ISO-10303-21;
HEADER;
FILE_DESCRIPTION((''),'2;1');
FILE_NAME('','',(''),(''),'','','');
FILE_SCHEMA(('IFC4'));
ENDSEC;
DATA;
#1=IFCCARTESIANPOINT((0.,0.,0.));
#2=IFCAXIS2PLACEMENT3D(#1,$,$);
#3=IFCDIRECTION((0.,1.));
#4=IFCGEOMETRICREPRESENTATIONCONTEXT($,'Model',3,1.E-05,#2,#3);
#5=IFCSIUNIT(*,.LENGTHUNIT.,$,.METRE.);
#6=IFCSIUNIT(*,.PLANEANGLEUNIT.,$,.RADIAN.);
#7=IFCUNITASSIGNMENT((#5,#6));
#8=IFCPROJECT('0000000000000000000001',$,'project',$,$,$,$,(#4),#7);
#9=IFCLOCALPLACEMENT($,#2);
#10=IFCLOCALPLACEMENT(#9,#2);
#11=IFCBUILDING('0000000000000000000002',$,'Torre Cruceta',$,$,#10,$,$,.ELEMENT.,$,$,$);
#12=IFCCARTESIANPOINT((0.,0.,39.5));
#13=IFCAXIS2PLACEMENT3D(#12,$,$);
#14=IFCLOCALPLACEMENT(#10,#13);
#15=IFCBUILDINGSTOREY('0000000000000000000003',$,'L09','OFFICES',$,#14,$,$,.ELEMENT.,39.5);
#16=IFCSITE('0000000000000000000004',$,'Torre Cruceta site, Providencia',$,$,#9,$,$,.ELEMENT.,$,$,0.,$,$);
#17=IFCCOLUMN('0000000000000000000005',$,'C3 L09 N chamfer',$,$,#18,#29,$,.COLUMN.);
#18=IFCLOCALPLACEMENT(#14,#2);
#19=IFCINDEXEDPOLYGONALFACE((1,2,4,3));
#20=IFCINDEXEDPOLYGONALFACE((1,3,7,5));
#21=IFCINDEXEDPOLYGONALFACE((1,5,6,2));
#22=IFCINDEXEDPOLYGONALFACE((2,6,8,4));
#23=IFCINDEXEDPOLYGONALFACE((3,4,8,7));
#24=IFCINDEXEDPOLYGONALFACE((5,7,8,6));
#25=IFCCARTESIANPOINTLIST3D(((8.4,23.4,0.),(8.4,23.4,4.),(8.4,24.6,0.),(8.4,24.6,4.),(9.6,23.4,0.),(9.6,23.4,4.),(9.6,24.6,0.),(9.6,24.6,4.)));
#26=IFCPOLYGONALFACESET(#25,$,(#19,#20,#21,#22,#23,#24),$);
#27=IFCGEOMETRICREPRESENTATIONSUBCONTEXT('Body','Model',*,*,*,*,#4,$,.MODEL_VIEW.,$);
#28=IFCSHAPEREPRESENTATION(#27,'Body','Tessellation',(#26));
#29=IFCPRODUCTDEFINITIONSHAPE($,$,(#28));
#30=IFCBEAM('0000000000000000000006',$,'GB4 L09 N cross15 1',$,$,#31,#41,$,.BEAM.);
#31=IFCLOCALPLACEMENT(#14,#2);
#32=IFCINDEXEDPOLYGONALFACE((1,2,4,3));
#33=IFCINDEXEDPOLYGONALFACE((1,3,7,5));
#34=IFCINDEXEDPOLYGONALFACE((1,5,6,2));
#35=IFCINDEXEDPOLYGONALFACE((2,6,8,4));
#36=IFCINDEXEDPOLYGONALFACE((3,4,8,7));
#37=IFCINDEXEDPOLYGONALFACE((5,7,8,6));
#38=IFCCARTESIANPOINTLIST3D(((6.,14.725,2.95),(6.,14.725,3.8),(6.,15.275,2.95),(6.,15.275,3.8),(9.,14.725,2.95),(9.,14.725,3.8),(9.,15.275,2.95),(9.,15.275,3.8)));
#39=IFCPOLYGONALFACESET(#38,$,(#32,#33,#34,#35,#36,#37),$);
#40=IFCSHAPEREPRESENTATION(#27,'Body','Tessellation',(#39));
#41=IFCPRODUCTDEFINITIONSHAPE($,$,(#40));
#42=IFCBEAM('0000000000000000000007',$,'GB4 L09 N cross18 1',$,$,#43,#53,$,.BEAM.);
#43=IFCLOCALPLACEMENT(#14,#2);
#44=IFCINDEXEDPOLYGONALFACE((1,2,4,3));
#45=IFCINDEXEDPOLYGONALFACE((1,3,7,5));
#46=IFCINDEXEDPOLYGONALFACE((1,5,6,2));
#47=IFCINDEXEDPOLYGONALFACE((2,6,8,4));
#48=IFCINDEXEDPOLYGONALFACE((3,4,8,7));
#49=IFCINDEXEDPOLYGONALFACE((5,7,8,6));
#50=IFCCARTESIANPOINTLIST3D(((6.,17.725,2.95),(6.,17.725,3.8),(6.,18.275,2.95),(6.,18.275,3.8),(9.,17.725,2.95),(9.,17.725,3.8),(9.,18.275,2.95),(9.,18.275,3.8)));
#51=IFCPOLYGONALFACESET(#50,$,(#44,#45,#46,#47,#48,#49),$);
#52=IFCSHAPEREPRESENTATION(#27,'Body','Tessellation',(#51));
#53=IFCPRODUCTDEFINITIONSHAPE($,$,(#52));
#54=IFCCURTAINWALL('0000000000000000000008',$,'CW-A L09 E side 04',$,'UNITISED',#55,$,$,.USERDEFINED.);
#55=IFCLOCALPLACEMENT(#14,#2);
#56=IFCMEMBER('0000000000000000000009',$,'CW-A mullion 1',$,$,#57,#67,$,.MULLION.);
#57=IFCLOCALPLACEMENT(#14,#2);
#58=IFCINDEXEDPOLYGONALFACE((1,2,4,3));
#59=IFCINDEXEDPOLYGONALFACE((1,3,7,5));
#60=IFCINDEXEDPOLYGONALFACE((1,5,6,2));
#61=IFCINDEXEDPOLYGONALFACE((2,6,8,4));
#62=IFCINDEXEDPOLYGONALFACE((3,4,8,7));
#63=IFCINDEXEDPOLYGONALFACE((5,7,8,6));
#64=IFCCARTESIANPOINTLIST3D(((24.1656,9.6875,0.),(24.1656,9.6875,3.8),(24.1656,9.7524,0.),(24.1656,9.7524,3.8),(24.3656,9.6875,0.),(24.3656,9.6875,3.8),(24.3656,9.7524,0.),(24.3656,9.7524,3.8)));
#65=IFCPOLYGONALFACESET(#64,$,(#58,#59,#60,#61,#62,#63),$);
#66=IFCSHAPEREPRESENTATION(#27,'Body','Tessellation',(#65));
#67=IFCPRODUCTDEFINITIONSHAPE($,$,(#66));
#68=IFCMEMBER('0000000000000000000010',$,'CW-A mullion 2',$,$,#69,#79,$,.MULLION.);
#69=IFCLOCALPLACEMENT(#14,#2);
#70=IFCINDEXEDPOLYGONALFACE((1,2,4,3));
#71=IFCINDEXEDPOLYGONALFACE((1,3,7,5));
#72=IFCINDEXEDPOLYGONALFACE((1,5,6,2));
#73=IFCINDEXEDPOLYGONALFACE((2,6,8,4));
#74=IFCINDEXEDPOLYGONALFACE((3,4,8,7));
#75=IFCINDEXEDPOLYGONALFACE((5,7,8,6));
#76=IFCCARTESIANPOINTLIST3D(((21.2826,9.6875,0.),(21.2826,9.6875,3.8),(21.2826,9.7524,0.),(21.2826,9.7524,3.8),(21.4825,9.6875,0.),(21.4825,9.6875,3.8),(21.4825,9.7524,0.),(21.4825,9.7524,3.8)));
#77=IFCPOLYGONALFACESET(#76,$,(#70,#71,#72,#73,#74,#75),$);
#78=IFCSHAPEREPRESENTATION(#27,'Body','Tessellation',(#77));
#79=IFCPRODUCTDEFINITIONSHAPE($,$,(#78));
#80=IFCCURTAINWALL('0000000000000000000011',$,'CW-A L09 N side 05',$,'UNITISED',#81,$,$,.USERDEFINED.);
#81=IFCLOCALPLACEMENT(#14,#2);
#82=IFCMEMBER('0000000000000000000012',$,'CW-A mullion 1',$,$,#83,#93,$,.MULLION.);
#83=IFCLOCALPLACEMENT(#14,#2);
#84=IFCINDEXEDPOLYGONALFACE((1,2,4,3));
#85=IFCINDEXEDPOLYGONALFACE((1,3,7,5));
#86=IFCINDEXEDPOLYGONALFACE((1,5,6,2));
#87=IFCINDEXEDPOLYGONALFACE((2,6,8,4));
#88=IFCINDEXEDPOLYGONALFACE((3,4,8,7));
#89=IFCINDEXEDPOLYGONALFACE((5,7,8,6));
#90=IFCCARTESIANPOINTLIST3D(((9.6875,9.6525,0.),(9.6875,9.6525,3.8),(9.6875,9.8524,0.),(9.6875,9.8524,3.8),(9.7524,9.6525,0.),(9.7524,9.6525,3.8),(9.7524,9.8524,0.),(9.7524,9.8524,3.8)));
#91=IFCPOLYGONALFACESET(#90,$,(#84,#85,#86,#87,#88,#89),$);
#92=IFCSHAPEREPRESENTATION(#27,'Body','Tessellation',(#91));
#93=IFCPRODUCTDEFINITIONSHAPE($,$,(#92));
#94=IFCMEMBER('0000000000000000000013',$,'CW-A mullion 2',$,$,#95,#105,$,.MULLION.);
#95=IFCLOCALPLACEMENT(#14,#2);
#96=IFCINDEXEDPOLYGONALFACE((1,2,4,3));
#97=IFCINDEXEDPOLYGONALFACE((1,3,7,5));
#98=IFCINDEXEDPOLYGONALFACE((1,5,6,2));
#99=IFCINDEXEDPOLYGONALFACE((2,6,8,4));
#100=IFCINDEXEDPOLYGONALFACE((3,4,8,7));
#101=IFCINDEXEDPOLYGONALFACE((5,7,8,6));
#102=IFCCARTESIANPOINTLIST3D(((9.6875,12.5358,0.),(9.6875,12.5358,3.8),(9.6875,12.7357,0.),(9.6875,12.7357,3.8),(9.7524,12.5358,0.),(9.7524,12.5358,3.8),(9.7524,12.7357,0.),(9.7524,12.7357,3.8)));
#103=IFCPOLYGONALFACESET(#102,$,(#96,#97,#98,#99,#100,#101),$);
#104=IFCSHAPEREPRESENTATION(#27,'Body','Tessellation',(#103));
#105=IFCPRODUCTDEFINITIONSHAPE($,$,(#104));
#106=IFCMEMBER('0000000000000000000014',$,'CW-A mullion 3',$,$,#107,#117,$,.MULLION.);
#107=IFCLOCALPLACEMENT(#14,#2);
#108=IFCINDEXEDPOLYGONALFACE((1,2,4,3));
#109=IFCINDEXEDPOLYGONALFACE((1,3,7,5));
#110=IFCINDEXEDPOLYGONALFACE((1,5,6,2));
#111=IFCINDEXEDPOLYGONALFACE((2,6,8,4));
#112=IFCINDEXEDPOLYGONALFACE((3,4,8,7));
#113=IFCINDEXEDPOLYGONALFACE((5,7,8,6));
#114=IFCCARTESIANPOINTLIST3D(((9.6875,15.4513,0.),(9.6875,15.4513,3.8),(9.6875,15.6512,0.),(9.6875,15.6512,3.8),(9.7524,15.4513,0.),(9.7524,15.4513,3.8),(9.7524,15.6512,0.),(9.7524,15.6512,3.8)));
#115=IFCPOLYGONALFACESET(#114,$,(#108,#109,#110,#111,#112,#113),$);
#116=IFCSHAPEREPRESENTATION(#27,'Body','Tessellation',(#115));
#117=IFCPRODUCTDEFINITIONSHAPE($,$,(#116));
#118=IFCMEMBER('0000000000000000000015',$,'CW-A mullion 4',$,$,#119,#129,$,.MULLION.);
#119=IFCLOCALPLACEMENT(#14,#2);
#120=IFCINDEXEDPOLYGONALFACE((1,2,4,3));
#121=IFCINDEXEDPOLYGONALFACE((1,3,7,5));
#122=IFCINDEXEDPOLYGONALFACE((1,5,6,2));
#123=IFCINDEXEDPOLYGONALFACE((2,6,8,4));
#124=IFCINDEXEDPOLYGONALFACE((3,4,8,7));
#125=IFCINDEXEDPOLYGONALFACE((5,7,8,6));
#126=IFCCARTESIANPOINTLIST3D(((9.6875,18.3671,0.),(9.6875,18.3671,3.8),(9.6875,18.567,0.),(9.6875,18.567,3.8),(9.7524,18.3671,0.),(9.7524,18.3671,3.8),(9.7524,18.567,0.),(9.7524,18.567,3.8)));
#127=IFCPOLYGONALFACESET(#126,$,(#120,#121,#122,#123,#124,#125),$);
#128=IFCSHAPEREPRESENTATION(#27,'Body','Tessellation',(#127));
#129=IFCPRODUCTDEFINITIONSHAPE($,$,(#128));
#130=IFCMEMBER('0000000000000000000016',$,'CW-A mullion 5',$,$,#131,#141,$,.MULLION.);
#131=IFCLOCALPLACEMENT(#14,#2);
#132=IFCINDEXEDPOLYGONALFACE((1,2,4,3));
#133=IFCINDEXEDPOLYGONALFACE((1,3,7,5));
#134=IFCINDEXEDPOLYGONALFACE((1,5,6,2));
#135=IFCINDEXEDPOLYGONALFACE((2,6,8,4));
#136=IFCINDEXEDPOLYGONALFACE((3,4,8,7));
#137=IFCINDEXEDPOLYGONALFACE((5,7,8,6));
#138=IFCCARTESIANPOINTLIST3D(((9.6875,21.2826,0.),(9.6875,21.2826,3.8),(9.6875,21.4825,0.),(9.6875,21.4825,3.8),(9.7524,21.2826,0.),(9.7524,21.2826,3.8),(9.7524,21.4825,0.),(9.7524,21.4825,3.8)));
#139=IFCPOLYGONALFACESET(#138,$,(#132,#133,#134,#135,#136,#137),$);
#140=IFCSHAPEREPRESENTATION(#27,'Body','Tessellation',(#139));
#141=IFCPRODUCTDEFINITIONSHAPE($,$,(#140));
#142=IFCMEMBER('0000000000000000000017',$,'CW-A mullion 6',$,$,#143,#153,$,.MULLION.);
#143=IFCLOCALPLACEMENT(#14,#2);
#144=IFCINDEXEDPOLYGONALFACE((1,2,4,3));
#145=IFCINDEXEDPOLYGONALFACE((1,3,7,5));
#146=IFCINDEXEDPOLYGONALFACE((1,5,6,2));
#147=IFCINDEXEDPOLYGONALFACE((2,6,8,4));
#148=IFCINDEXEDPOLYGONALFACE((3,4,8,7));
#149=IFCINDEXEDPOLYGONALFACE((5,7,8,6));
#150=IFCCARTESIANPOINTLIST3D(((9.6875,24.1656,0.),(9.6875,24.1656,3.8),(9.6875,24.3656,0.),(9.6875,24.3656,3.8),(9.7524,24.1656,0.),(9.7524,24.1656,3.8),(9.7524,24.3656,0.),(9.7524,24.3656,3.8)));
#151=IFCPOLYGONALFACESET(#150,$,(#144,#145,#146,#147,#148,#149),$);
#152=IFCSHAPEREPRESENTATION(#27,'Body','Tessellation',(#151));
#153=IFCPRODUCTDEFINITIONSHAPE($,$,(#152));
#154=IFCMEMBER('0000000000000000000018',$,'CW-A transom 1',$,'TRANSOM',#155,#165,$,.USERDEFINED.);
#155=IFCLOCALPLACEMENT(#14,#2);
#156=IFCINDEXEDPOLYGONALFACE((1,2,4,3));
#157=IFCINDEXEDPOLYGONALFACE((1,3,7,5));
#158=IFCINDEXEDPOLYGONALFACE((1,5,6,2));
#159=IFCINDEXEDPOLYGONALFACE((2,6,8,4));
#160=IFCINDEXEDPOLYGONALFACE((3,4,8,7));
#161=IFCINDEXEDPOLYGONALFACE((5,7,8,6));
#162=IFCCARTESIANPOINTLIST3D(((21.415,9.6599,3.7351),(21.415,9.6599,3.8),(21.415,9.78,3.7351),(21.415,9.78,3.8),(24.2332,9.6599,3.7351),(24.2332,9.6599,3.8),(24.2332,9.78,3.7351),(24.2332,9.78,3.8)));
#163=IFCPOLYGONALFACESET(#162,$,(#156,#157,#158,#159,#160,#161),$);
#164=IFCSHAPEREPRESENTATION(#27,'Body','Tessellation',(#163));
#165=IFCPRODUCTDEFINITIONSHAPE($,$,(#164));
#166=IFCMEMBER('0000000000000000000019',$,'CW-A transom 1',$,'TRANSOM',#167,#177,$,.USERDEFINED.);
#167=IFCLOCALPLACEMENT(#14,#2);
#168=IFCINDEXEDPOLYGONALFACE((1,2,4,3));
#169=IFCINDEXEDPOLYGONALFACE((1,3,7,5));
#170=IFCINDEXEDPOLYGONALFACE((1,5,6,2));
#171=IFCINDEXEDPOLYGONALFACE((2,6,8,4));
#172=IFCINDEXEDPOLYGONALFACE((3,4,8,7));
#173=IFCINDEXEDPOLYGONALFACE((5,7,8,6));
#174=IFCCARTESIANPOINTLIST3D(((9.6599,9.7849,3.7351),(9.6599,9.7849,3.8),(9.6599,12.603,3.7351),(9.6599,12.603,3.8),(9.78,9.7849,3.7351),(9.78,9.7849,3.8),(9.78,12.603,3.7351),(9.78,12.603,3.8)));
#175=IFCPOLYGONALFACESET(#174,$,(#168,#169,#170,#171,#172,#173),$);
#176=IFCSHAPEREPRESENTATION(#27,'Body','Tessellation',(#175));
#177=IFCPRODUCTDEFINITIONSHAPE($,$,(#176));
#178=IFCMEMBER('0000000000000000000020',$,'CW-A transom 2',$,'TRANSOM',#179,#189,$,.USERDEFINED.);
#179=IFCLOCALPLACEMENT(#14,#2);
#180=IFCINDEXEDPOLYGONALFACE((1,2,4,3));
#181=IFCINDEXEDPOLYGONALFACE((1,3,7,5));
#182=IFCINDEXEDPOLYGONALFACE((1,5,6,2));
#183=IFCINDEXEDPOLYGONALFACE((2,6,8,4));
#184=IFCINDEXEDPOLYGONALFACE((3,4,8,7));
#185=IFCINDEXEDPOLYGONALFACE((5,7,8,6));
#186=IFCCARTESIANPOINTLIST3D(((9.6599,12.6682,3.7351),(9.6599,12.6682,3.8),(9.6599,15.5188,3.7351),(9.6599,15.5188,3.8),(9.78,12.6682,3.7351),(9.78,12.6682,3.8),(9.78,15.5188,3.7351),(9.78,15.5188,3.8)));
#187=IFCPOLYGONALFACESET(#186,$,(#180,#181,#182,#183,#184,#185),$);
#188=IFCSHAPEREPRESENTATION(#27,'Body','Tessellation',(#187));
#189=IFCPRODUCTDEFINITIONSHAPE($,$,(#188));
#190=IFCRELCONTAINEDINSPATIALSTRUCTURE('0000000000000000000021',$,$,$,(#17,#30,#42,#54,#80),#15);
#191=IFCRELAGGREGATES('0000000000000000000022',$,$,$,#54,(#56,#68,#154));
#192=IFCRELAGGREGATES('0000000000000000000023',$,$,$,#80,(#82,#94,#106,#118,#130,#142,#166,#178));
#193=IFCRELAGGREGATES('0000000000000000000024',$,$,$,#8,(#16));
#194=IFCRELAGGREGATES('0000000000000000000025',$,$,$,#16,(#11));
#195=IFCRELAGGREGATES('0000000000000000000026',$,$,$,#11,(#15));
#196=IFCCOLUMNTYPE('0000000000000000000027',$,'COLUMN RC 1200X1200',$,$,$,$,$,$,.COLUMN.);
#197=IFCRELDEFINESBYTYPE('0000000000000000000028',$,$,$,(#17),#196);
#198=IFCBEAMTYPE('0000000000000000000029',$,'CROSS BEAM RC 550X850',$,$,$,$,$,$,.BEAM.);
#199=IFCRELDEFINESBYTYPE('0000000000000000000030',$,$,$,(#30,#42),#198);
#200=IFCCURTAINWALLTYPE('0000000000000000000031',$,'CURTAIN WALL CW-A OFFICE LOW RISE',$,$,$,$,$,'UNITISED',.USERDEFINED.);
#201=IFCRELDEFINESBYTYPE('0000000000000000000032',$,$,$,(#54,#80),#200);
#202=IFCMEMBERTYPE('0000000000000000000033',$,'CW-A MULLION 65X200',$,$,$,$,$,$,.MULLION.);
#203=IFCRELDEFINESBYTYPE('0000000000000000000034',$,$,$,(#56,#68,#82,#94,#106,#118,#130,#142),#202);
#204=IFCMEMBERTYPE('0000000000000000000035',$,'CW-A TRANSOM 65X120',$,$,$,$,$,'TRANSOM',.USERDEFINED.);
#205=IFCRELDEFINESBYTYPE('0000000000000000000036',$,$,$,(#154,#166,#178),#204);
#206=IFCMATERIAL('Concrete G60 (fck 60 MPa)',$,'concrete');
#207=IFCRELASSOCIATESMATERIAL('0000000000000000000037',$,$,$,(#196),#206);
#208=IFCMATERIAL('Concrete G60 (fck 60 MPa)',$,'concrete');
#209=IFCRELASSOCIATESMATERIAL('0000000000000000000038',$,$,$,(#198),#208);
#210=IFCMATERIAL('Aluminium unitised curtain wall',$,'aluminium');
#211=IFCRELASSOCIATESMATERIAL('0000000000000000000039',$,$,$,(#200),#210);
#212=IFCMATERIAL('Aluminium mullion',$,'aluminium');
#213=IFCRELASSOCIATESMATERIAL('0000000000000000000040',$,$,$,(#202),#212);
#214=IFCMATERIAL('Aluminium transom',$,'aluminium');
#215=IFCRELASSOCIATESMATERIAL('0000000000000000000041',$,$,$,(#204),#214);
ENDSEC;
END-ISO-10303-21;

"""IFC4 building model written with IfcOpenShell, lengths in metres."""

from ifc_helpers import new_model, si_unit, direction, frame, origin, origin_2d, place, context, subcontext, project, spatial, rectangle, extrude, material, material_profile, profile_set, type_object, element, aggregate, save


model = new_model("IFC4")

# Units and contexts
model_context = context("Model", 3, precision=1e-05, world=origin(), true_north=direction((0.0, 1.0)))
body_context = subcontext(model_context, "Body", "Model", "MODEL_VIEW")
ifc_project = project(units=[si_unit("LENGTHUNIT", "METRE"), si_unit("PLANEANGLEUNIT", "RADIAN")], contexts=[model_context])

# Site, building, storey
site_placement = place(None, origin())
site = spatial("IfcSite", under=ifc_project, at=site_placement, Name="Torre Cruceta site, Providencia", CompositionType="ELEMENT", RefElevation=0.0)
building_placement = place(site_placement, origin())
building = spatial("IfcBuilding", under=site, at=building_placement, Name="Torre Cruceta", CompositionType="ELEMENT")
storey_placement = place(building_placement, frame((0.0, 0.0, 39.5)))
storey = spatial("IfcBuildingStorey", under=building, at=storey_placement, Name="L09", Description="OFFICES", CompositionType="ELEMENT", Elevation=39.5)

# Column
ifc_material_1 = material(Name="Concrete G60 (fck 60 MPa)", Category="concrete")
ifc_material_profile_1 = material_profile(ifc_material_1, rectangle(XDim=1.2, YDim=1.2, at=origin_2d()), Name="RC 1200X1200")
ifc_profile_set_1 = profile_set([ifc_material_profile_1], Name="Concrete G60 (fck 60 MPa)")
column_type = type_object("IfcColumnType", Name="COLUMN RC 1200X1200", PredefinedType="COLUMN", material=ifc_profile_set_1)
column_placement = place(storey_placement, frame((9.0, 24.0, 0.0), z_axis=(0.0, 0.0, 1.0), x_axis=(1.0, 0.0, 0.0)))
element("IfcColumn", 1, at=column_placement, inside=storey, type_object=column_type, Name="C3 L09 N chamfer", PredefinedType="COLUMN", context=body_context, shape_type="SweptSolid", body=[
    extrude(rectangle(XDim=1.2, YDim=1.2, at=origin_2d()), origin(), (0.0, 0.0, 1.0), 4.0),
])

# Beams
ifc_material_2 = material(Name="Concrete G60 (fck 60 MPa)", Category="concrete")
ifc_material_profile_2 = material_profile(ifc_material_2, rectangle(XDim=0.55, YDim=0.8501, at=origin_2d()), Name="RC 550X850")
ifc_profile_set_2 = profile_set([ifc_material_profile_2], Name="Concrete G60 (fck 60 MPa)")
beam_type_1 = type_object("IfcBeamType", Name="CROSS BEAM RC 550X850", PredefinedType="BEAM", material=ifc_profile_set_2)
for number, where, z_axis, x_axis, name in (
    (2, (9.0, 15.0, 3.375), (-1.0, 0.0, 0.0), (0.0, -1.0, 0.0), "GB4 L09 N cross15 1"),
    (3, (9.0, 18.0, 3.375), (-1.0, 0.0, 0.0), (0.0, -1.0, 0.0), "GB4 L09 N cross18 1"),
):
    element("IfcBeam", number, at=place(storey_placement, frame(where, z_axis=z_axis, x_axis=x_axis)), inside=storey, type_object=beam_type_1, Name=name, PredefinedType="BEAM", context=body_context, shape_type="SweptSolid", body=[
        extrude(rectangle(XDim=0.55, YDim=0.8501, at=origin_2d()), origin(), (0.0, 0.0, 1.0), 3.0),
    ])

# Curtain walls, members
ifc_material_3 = material(Name="Aluminium unitised curtain wall", Category="aluminium")
curtain_wall_type = type_object("IfcCurtainWallType", Name="CURTAIN WALL CW-A OFFICE LOW RISE", ElementType="UNITISED", PredefinedType="USERDEFINED", material=ifc_material_3)
curtain_wall_1_placement = place(storey_placement, origin())
curtain_wall_1 = element("IfcCurtainWall", 4, at=curtain_wall_1_placement, inside=storey, type_object=curtain_wall_type, Name="CW-A L09 E side 04", ObjectType="UNITISED", PredefinedType="USERDEFINED")
ifc_material_4 = material(Name="Aluminium mullion", Category="aluminium")
ifc_material_profile_3 = material_profile(ifc_material_4, rectangle(XDim=0.0649, YDim=0.2, at=origin_2d()), Name="AL 65X200")
ifc_profile_set_3 = profile_set([ifc_material_profile_3], Name="Aluminium mullion")
member_type_1 = type_object("IfcMemberType", Name="CW-A MULLION 65X200", PredefinedType="MULLION", material=ifc_profile_set_3)
member_1_placement = place(storey_placement, frame((24.2656, 9.72, 0.0), z_axis=(0.0, 0.0, 1.0), x_axis=(0.0, -1.0, 0.0)))
member_1 = element("IfcMember", 5, at=member_1_placement, type_object=member_type_1, Name="CW-A mullion 1", PredefinedType="MULLION", context=body_context, shape_type="SweptSolid", body=[
    extrude(rectangle(XDim=0.0649, YDim=0.2, at=origin_2d()), origin(), (0.0, 0.0, 1.0), 3.8),
])
member_2_placement = place(storey_placement, frame((21.3826, 9.72, 0.0), z_axis=(0.0, 0.0, 1.0), x_axis=(0.0, -1.0, 0.0)))
member_2 = element("IfcMember", 6, at=member_2_placement, type_object=member_type_1, Name="CW-A mullion 2", PredefinedType="MULLION", context=body_context, shape_type="SweptSolid", body=[
    extrude(rectangle(XDim=0.0649, YDim=0.2, at=origin_2d()), origin(), (0.0, 0.0, 1.0), 3.8),
])
curtain_wall_2_placement = place(storey_placement, origin())
curtain_wall_2 = element("IfcCurtainWall", 7, at=curtain_wall_2_placement, inside=storey, type_object=curtain_wall_type, Name="CW-A L09 N side 05", ObjectType="UNITISED", PredefinedType="USERDEFINED")
member_3_placement = place(storey_placement, frame((9.72, 9.7524, 0.0), z_axis=(0.0, 0.0, 1.0), x_axis=(-1.0, 0.0, 0.0)))
member_3 = element("IfcMember", 8, at=member_3_placement, type_object=member_type_1, Name="CW-A mullion 1", PredefinedType="MULLION", context=body_context, shape_type="SweptSolid", body=[
    extrude(rectangle(XDim=0.0649, YDim=0.2, at=origin_2d()), origin(), (0.0, 0.0, 1.0), 3.8),
])
member_4_placement = place(storey_placement, frame((9.72, 12.6357, 0.0), z_axis=(0.0, 0.0, 1.0), x_axis=(-1.0, 0.0, 0.0)))
member_4 = element("IfcMember", 9, at=member_4_placement, type_object=member_type_1, Name="CW-A mullion 2", PredefinedType="MULLION", context=body_context, shape_type="SweptSolid", body=[
    extrude(rectangle(XDim=0.0649, YDim=0.2, at=origin_2d()), origin(), (0.0, 0.0, 1.0), 3.8),
])
member_5_placement = place(storey_placement, frame((9.72, 15.5513, 0.0), z_axis=(0.0, 0.0, 1.0), x_axis=(-1.0, 0.0, 0.0)))
member_5 = element("IfcMember", 10, at=member_5_placement, type_object=member_type_1, Name="CW-A mullion 3", PredefinedType="MULLION", context=body_context, shape_type="SweptSolid", body=[
    extrude(rectangle(XDim=0.0649, YDim=0.2, at=origin_2d()), origin(), (0.0, 0.0, 1.0), 3.8),
])
member_6_placement = place(storey_placement, frame((9.72, 18.467, 0.0), z_axis=(0.0, 0.0, 1.0), x_axis=(-1.0, 0.0, 0.0)))
member_6 = element("IfcMember", 11, at=member_6_placement, type_object=member_type_1, Name="CW-A mullion 4", PredefinedType="MULLION", context=body_context, shape_type="SweptSolid", body=[
    extrude(rectangle(XDim=0.0649, YDim=0.2, at=origin_2d()), origin(), (0.0, 0.0, 1.0), 3.8),
])
member_7_placement = place(storey_placement, frame((9.72, 21.3826, 0.0), z_axis=(0.0, 0.0, 1.0), x_axis=(-1.0, 0.0, 0.0)))
member_7 = element("IfcMember", 12, at=member_7_placement, type_object=member_type_1, Name="CW-A mullion 5", PredefinedType="MULLION", context=body_context, shape_type="SweptSolid", body=[
    extrude(rectangle(XDim=0.0649, YDim=0.2, at=origin_2d()), origin(), (0.0, 0.0, 1.0), 3.8),
])
member_8_placement = place(storey_placement, frame((9.72, 24.2656, 0.0), z_axis=(0.0, 0.0, 1.0), x_axis=(-1.0, 0.0, 0.0)))
member_8 = element("IfcMember", 13, at=member_8_placement, type_object=member_type_1, Name="CW-A mullion 6", PredefinedType="MULLION", context=body_context, shape_type="SweptSolid", body=[
    extrude(rectangle(XDim=0.0649, YDim=0.2, at=origin_2d()), origin(), (0.0, 0.0, 1.0), 3.8),
])

# Members
ifc_material_5 = material(Name="Aluminium transom", Category="aluminium")
ifc_material_profile_4 = material_profile(ifc_material_5, rectangle(XDim=0.1201, YDim=0.0649, at=origin_2d()), Name="AL 120X65")
ifc_profile_set_4 = profile_set([ifc_material_profile_4], Name="Aluminium transom")
member_type_2 = type_object("IfcMemberType", Name="CW-A TRANSOM 65X120", ElementType="TRANSOM", PredefinedType="USERDEFINED", material=ifc_profile_set_4)
member_9_placement = place(storey_placement, frame((24.2332, 9.72, 3.7676), z_axis=(-1.0, 0.0, 0.0), x_axis=(0.0, -1.0, 0.0)))
member_9 = element("IfcMember", 14, at=member_9_placement, type_object=member_type_2, Name="CW-A transom 1", ObjectType="TRANSOM", PredefinedType="USERDEFINED", context=body_context, shape_type="SweptSolid", body=[
    extrude(rectangle(XDim=0.1201, YDim=0.0649, at=origin_2d()), origin(), (0.0, 0.0, 1.0), 2.8181),
])
member_10_placement = place(storey_placement, frame((9.72, 9.7849, 3.7676), z_axis=(0.0, 1.0, 0.0), x_axis=(-1.0, 0.0, 0.0)))
member_10 = element("IfcMember", 15, at=member_10_placement, type_object=member_type_2, Name="CW-A transom 1", ObjectType="TRANSOM", PredefinedType="USERDEFINED", context=body_context, shape_type="SweptSolid", body=[
    extrude(rectangle(XDim=0.1201, YDim=0.0649, at=origin_2d()), origin(), (0.0, 0.0, 1.0), 2.8181),
])
member_11_placement = place(storey_placement, frame((9.72, 12.6682, 3.7676), z_axis=(0.0, 1.0, 0.0), x_axis=(-1.0, 0.0, 0.0)))
member_11 = element("IfcMember", 16, at=member_11_placement, type_object=member_type_2, Name="CW-A transom 2", ObjectType="TRANSOM", PredefinedType="USERDEFINED", context=body_context, shape_type="SweptSolid", body=[
    extrude(rectangle(XDim=0.1201, YDim=0.0649, at=origin_2d()), origin(), (0.0, 0.0, 1.0), 2.8506),
])

aggregate(curtain_wall_1, [member_1, member_2, member_9])
aggregate(curtain_wall_2, [member_3, member_4, member_5, member_6, member_7, member_8, member_10, member_11])

save(model, "model.ifc")
